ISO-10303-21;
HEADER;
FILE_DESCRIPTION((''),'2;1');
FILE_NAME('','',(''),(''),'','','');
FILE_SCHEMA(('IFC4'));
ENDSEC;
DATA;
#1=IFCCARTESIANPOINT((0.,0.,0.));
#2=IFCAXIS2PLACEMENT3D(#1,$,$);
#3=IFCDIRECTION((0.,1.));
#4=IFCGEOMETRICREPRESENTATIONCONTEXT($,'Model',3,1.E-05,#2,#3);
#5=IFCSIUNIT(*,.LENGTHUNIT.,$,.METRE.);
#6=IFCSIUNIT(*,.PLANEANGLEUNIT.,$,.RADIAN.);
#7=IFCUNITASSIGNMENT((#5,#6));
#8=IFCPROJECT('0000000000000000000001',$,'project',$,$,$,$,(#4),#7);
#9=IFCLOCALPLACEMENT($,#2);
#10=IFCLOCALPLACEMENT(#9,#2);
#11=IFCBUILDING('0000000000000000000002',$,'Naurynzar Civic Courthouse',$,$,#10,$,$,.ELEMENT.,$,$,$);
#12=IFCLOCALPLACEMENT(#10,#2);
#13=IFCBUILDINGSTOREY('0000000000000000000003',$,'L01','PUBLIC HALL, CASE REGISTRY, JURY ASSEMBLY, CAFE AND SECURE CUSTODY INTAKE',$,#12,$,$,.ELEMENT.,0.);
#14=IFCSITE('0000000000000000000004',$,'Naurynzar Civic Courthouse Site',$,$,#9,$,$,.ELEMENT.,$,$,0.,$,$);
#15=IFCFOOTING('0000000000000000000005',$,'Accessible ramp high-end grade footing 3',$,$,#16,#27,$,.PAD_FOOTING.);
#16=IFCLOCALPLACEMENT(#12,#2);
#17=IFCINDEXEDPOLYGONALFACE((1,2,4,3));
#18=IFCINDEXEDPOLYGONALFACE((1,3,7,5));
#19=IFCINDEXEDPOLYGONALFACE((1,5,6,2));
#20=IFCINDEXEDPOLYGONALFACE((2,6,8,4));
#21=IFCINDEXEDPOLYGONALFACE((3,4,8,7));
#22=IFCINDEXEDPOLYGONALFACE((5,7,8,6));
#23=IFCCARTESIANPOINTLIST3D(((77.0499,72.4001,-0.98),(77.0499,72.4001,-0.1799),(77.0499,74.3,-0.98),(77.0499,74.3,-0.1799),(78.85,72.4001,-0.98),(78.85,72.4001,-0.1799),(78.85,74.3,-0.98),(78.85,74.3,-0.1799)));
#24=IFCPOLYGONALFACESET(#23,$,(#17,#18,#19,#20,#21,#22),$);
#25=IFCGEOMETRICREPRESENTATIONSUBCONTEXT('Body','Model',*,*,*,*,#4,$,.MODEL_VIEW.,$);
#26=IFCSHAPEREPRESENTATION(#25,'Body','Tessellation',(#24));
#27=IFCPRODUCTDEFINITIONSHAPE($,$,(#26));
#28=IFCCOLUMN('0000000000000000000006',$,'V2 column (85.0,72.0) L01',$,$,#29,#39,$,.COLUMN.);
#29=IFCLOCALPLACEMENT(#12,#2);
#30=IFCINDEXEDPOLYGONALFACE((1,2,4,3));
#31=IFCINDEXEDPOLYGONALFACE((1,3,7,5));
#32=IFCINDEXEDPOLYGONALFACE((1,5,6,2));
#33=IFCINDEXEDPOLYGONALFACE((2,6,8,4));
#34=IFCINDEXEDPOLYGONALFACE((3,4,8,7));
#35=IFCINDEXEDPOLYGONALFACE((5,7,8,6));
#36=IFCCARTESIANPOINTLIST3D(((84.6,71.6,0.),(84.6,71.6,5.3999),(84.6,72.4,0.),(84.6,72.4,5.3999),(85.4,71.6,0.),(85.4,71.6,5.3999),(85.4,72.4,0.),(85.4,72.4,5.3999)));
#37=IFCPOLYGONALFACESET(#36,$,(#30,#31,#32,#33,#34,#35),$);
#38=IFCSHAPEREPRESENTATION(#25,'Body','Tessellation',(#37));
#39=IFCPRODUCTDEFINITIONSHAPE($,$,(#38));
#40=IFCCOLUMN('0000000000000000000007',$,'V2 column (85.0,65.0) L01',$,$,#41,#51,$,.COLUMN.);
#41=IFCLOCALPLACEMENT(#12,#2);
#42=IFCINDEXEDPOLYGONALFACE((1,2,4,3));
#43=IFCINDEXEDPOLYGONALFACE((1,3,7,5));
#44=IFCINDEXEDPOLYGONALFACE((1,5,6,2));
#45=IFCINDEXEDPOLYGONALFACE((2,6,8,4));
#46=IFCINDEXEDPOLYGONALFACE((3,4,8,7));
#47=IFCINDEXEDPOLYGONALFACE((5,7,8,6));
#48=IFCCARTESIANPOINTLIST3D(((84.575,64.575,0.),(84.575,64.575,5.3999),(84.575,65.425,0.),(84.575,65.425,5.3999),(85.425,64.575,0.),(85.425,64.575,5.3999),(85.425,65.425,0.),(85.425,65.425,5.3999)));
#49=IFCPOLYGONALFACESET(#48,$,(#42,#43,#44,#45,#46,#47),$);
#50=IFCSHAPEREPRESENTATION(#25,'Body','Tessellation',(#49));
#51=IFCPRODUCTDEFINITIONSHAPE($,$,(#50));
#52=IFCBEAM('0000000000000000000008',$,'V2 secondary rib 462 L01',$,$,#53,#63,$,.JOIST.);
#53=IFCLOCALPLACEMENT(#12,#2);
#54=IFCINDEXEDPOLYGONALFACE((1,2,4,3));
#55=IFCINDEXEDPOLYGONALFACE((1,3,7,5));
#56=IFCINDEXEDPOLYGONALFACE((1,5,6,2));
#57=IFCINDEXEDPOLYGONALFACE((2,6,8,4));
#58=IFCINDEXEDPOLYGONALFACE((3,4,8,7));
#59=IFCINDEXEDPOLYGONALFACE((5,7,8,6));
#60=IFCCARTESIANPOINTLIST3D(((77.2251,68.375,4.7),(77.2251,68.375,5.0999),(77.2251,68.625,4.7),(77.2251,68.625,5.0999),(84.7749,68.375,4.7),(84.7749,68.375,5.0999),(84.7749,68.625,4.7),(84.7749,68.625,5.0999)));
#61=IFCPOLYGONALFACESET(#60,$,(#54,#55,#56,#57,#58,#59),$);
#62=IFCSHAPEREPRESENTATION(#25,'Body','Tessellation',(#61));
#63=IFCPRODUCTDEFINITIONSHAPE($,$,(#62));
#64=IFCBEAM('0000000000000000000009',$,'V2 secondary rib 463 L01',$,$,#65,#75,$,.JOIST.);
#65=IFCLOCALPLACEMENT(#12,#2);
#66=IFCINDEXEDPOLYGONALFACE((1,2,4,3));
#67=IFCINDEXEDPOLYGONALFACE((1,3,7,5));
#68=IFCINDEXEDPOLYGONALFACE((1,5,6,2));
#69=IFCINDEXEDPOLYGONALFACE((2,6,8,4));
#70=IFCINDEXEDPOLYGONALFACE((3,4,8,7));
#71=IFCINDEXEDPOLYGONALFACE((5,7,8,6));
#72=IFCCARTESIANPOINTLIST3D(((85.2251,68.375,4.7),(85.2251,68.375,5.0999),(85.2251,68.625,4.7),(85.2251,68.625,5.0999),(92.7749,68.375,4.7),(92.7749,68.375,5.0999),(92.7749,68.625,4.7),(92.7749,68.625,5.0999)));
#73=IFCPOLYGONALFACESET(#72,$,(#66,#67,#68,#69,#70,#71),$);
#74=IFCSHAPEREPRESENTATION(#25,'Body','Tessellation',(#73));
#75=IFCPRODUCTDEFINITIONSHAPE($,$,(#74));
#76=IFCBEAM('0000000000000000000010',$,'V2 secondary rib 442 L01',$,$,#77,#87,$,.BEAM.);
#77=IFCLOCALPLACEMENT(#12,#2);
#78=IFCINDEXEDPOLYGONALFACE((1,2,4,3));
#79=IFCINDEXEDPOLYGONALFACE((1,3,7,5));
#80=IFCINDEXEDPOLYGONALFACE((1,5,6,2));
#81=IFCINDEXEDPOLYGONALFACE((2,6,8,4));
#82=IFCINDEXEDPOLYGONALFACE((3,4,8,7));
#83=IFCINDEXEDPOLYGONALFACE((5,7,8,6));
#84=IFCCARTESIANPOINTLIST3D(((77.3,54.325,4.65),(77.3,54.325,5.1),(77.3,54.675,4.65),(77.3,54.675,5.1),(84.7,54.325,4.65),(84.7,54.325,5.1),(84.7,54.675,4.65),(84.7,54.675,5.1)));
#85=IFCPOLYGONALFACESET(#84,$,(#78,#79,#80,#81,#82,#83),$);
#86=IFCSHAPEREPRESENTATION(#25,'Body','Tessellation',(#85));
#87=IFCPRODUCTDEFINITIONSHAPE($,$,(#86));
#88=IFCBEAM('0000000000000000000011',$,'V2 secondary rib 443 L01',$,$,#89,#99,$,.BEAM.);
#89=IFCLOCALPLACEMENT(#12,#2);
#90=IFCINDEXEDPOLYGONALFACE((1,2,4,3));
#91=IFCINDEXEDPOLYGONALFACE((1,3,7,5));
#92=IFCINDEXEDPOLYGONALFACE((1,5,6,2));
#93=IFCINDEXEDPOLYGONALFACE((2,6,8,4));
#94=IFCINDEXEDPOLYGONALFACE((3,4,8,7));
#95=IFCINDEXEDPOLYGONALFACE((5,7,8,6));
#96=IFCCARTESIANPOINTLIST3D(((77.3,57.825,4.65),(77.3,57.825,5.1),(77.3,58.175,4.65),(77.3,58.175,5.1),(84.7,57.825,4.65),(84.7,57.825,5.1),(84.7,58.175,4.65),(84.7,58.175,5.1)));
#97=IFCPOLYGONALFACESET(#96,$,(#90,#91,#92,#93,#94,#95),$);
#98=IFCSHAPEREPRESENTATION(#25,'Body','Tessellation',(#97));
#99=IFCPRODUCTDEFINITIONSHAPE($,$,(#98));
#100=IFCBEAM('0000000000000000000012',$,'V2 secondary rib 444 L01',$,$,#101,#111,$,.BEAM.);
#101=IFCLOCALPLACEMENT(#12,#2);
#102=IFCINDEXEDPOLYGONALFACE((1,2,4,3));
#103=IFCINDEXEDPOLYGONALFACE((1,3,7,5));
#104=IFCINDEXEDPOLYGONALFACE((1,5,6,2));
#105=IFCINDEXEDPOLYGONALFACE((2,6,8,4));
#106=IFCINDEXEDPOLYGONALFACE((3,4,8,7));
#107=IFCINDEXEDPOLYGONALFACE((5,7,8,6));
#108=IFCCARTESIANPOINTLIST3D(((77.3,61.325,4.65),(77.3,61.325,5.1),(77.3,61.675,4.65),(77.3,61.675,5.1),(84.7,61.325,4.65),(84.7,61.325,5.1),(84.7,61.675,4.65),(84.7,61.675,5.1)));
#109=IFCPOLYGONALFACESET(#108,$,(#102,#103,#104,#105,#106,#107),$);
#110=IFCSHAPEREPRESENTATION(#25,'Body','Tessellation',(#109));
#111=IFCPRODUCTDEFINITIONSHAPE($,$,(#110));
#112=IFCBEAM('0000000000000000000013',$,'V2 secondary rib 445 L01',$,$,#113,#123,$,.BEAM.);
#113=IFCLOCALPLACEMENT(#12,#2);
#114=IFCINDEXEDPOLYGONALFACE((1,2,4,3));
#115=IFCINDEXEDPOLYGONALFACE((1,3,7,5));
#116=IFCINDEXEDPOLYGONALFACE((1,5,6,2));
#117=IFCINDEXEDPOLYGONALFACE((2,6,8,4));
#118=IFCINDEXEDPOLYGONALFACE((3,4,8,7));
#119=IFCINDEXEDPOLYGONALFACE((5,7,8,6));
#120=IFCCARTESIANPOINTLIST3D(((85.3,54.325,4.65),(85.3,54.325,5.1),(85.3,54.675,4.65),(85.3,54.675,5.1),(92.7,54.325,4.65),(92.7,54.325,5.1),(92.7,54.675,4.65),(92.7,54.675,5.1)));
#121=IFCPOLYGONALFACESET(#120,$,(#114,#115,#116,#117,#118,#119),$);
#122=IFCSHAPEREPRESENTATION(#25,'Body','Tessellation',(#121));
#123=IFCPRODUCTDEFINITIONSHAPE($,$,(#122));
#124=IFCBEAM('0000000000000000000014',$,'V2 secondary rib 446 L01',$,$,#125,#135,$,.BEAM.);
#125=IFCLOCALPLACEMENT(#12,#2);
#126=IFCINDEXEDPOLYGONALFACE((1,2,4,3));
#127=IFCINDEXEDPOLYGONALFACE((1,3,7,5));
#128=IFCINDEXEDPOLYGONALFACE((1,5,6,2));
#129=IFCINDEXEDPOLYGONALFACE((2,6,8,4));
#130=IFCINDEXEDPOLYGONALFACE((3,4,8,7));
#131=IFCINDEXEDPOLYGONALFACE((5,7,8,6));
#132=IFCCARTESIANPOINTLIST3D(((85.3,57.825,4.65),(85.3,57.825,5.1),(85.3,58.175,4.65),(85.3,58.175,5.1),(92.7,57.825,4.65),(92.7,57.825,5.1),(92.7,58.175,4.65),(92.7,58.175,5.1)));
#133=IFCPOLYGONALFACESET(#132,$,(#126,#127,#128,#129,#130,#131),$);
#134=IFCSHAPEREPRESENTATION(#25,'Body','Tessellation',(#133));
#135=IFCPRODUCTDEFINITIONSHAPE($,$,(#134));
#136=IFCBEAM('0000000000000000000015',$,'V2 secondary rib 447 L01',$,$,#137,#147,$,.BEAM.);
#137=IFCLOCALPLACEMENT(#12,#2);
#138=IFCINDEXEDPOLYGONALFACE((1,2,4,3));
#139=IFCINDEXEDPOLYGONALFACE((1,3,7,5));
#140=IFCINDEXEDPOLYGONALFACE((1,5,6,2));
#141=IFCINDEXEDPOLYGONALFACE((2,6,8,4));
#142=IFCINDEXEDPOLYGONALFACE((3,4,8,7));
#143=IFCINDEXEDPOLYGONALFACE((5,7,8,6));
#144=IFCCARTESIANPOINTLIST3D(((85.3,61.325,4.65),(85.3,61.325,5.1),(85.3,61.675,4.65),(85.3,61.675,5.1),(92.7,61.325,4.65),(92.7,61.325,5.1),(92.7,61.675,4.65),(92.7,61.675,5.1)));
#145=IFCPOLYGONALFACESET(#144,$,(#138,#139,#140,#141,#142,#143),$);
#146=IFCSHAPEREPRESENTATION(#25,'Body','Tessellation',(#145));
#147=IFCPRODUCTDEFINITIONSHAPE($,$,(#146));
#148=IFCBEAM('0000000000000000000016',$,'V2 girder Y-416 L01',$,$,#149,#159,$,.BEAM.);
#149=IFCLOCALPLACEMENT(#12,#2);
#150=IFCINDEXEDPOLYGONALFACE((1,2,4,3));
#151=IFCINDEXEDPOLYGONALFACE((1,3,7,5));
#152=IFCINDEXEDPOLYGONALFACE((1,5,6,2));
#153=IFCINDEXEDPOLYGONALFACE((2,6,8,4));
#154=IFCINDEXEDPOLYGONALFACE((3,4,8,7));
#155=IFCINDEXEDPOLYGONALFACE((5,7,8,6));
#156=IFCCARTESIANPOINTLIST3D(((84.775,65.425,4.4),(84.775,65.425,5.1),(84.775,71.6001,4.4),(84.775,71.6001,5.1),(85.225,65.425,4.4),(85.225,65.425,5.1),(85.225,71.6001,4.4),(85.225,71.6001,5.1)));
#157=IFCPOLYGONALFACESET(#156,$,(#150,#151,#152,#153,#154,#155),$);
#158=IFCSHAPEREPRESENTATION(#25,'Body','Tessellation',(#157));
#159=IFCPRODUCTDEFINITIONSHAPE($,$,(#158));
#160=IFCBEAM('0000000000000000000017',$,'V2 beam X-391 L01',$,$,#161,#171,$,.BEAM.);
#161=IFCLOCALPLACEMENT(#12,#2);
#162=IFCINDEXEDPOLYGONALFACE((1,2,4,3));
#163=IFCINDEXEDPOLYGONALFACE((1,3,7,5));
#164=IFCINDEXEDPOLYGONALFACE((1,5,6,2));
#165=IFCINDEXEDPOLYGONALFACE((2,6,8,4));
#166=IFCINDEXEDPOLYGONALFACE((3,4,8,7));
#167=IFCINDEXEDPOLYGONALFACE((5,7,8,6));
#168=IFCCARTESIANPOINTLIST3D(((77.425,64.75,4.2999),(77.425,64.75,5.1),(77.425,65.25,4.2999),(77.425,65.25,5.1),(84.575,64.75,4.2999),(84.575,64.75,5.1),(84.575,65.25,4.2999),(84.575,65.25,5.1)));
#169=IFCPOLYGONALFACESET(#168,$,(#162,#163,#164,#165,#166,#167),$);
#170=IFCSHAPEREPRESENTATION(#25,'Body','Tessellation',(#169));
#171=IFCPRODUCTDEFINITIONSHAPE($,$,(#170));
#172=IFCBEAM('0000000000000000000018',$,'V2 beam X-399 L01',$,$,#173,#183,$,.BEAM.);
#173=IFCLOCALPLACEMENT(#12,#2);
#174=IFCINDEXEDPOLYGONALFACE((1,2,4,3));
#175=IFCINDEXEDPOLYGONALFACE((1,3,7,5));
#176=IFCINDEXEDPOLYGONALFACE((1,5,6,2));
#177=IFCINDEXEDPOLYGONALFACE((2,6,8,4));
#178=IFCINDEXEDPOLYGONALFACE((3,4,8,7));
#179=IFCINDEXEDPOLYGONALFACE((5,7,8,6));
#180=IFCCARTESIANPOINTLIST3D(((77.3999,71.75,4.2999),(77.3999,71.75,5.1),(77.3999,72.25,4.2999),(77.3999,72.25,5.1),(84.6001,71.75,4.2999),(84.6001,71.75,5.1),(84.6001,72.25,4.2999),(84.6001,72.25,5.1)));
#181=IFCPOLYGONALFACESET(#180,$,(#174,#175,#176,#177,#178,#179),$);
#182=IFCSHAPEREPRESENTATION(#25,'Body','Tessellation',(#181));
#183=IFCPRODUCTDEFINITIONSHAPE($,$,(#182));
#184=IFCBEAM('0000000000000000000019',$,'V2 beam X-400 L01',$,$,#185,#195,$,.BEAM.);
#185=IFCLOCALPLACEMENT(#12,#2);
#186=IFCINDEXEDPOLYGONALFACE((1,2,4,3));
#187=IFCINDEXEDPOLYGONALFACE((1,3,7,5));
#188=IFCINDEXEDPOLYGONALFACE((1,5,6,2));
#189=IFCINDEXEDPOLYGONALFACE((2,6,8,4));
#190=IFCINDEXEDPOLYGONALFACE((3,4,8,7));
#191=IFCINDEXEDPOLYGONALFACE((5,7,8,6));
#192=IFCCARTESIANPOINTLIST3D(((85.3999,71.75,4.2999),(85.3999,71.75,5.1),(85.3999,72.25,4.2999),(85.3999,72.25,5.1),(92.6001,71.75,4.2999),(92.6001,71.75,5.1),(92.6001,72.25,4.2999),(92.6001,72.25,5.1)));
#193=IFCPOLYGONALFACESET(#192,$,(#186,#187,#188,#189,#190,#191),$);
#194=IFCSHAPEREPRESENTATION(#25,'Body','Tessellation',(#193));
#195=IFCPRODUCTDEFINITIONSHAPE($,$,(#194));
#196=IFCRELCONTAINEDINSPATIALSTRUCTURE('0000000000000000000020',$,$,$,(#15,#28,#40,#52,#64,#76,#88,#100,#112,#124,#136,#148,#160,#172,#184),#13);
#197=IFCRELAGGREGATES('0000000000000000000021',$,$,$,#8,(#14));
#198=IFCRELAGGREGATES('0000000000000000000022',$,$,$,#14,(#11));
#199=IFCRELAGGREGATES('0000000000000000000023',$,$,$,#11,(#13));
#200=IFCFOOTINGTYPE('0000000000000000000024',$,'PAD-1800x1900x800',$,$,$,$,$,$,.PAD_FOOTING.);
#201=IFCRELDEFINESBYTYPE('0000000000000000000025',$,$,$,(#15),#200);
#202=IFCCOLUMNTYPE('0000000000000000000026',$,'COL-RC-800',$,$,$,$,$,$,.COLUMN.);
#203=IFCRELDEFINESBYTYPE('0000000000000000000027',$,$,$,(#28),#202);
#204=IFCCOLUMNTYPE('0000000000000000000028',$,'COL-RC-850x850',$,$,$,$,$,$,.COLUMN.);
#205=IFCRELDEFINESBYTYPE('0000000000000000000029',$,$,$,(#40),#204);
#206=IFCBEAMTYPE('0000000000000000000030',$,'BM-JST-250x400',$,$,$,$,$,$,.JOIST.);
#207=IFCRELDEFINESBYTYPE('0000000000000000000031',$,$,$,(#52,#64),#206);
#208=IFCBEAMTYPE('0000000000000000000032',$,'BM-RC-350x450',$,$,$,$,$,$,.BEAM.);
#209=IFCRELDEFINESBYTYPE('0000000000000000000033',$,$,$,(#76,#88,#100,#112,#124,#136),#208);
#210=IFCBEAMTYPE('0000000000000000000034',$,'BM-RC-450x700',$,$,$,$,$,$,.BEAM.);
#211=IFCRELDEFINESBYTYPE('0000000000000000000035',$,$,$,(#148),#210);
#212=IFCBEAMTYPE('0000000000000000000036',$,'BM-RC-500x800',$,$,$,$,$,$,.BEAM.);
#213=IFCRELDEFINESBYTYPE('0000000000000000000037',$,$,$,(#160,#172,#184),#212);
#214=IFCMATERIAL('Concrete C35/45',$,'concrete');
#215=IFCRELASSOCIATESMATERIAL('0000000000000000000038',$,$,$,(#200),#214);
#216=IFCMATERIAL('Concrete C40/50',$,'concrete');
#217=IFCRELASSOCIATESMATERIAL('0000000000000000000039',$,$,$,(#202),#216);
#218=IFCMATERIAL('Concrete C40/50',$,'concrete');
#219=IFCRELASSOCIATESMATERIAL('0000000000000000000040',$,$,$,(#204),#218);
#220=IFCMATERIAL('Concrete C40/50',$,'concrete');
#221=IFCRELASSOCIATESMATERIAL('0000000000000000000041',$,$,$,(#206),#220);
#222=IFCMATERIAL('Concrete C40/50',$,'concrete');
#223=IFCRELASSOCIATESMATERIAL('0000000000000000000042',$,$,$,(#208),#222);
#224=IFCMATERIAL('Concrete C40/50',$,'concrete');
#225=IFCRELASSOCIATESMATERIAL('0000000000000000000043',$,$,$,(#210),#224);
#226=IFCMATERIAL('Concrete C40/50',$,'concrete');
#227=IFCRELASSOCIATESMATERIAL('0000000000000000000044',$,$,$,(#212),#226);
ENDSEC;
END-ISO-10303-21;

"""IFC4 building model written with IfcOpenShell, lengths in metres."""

from ifc_helpers import new_model, si_unit, direction, frame, origin, origin_2d, place, context, subcontext, project, spatial, rectangle, extrude, material, material_profile, profile_set, type_object, element, save


model = new_model("IFC4")

# Units and contexts
model_context = context("Model", 3, precision=1e-05, world=origin(), true_north=direction((0.0, 1.0)))
body_context = subcontext(model_context, "Body", "Model", "MODEL_VIEW")
ifc_project = project(units=[si_unit("LENGTHUNIT", "METRE"), si_unit("PLANEANGLEUNIT", "RADIAN")], contexts=[model_context])

# Site, building, storey
site_placement = place(None, origin())
site = spatial("IfcSite", under=ifc_project, at=site_placement, Name="Naurynzar Civic Courthouse Site", CompositionType="ELEMENT", RefElevation=0.0)
building_placement = place(site_placement, origin())
building = spatial("IfcBuilding", under=site, at=building_placement, Name="Naurynzar Civic Courthouse", CompositionType="ELEMENT")
storey_placement = place(building_placement, origin())
storey = spatial("IfcBuildingStorey", under=building, at=storey_placement, Name="L01", Description="PUBLIC HALL, CASE REGISTRY, JURY ASSEMBLY, CAFE AND SECURE CUSTODY INTAKE", CompositionType="ELEMENT", Elevation=0.0)

# Footing
ifc_material_1 = material(Name="Concrete C35/45", Category="concrete")
footing_type = type_object("IfcFootingType", Name="PAD-1800x1900x800", PredefinedType="PAD_FOOTING", material=ifc_material_1)
footing_placement = place(storey_placement, frame((77.95, 73.3501, -0.98), z_axis=(0.0, 0.0, 1.0), x_axis=(1.0, 0.0, 0.0)))
element("IfcFooting", 1, at=footing_placement, inside=storey, type_object=footing_type, Name="Accessible ramp high-end grade footing 3", PredefinedType="PAD_FOOTING", context=body_context, shape_type="SweptSolid", body=[
    extrude(rectangle(XDim=1.8, YDim=1.8999, at=origin_2d()), origin(), (0.0, 0.0, 1.0), 0.8),
])

# Columns
ifc_material_2 = material(Name="Concrete C40/50", Category="concrete")
ifc_material_profile_1 = material_profile(ifc_material_2, rectangle(XDim=0.8, YDim=0.8, at=origin_2d()), Name="RC 800x800")
ifc_profile_set_1 = profile_set([ifc_material_profile_1], Name="Concrete C40/50")
column_type_1 = type_object("IfcColumnType", Name="COL-RC-800", PredefinedType="COLUMN", material=ifc_profile_set_1)
column_1_placement = place(storey_placement, frame((85.0, 72.0, 0.0), z_axis=(0.0, 0.0, 1.0), x_axis=(1.0, 0.0, 0.0)))
element("IfcColumn", 2, at=column_1_placement, inside=storey, type_object=column_type_1, Name="V2 column (85.0,72.0) L01", PredefinedType="COLUMN", context=body_context, shape_type="SweptSolid", body=[
    extrude(rectangle(XDim=0.8, YDim=0.8, at=origin_2d()), origin(), (0.0, 0.0, 1.0), 5.3999),
])
ifc_material_3 = material(Name="Concrete C40/50", Category="concrete")
ifc_material_profile_2 = material_profile(ifc_material_3, rectangle(XDim=0.8501, YDim=0.8501, at=origin_2d()), Name="RC 850x850")
ifc_profile_set_2 = profile_set([ifc_material_profile_2], Name="Concrete C40/50")
column_type_2 = type_object("IfcColumnType", Name="COL-RC-850x850", PredefinedType="COLUMN", material=ifc_profile_set_2)
column_2_placement = place(storey_placement, frame((85.0, 65.0, 0.0), z_axis=(0.0, 0.0, 1.0), x_axis=(1.0, 0.0, 0.0)))
element("IfcColumn", 3, at=column_2_placement, inside=storey, type_object=column_type_2, Name="V2 column (85.0,65.0) L01", PredefinedType="COLUMN", context=body_context, shape_type="SweptSolid", body=[
    extrude(rectangle(XDim=0.8501, YDim=0.8501, at=origin_2d()), origin(), (0.0, 0.0, 1.0), 5.3999),
])

# Beams
ifc_material_4 = material(Name="Concrete C40/50", Category="concrete")
ifc_material_profile_3 = material_profile(ifc_material_4, rectangle(XDim=0.25, YDim=0.3999, at=origin_2d()), Name="RCB 250x400")
ifc_profile_set_3 = profile_set([ifc_material_profile_3], Name="Concrete C40/50")
beam_type_1 = type_object("IfcBeamType", Name="BM-JST-250x400", PredefinedType="JOIST", material=ifc_profile_set_3)
for number, where, z_axis, x_axis, name in (
    (4, (77.2251, 68.5, 4.8999), (1.0, 0.0, 0.0), (0.0, 1.0, 0.0), "V2 secondary rib 462 L01"),
    (5, (85.2251, 68.5, 4.8999), (1.0, 0.0, 0.0), (0.0, 1.0, 0.0), "V2 secondary rib 463 L01"),
):
    element("IfcBeam", number, at=place(storey_placement, frame(where, z_axis=z_axis, x_axis=x_axis)), inside=storey, type_object=beam_type_1, Name=name, PredefinedType="JOIST", context=body_context, shape_type="SweptSolid", body=[
        extrude(rectangle(XDim=0.25, YDim=0.3999, at=origin_2d()), origin(), (0.0, 0.0, 1.0), 7.5498),
    ])
ifc_material_5 = material(Name="Concrete C40/50", Category="concrete")
ifc_material_profile_4 = material_profile(ifc_material_5, rectangle(XDim=0.3501, YDim=0.45, at=origin_2d()), Name="RCB 350x450")
ifc_profile_set_4 = profile_set([ifc_material_profile_4], Name="Concrete C40/50")
beam_type_2 = type_object("IfcBeamType", Name="BM-RC-350x450", PredefinedType="BEAM", material=ifc_profile_set_4)
for number, where, z_axis, x_axis, name in (
    (6, (77.3, 54.5, 4.875), (1.0, 0.0, 0.0), (0.0, 1.0, 0.0), "V2 secondary rib 442 L01"),
    (7, (77.3, 58.0, 4.875), (1.0, 0.0, 0.0), (0.0, 1.0, 0.0), "V2 secondary rib 443 L01"),
    (8, (77.3, 61.5, 4.875), (1.0, 0.0, 0.0), (0.0, 1.0, 0.0), "V2 secondary rib 444 L01"),
    (9, (85.3, 54.5, 4.875), (1.0, 0.0, 0.0), (0.0, 1.0, 0.0), "V2 secondary rib 445 L01"),
    (10, (85.3, 58.0, 4.875), (1.0, 0.0, 0.0), (0.0, 1.0, 0.0), "V2 secondary rib 446 L01"),
    (11, (85.3, 61.5, 4.875), (1.0, 0.0, 0.0), (0.0, 1.0, 0.0), "V2 secondary rib 447 L01"),
):
    element("IfcBeam", number, at=place(storey_placement, frame(where, z_axis=z_axis, x_axis=x_axis)), inside=storey, type_object=beam_type_2, Name=name, PredefinedType="BEAM", context=body_context, shape_type="SweptSolid", body=[
        extrude(rectangle(XDim=0.3501, YDim=0.45, at=origin_2d()), origin(), (0.0, 0.0, 1.0), 7.3999),
    ])
ifc_material_6 = material(Name="Concrete C40/50", Category="concrete")
ifc_material_profile_5 = material_profile(ifc_material_6, rectangle(XDim=0.45, YDim=0.7, at=origin_2d()), Name="RCB 450x700")
ifc_profile_set_5 = profile_set([ifc_material_profile_5], Name="Concrete C40/50")
beam_type_3 = type_object("IfcBeamType", Name="BM-RC-450x700", PredefinedType="BEAM", material=ifc_profile_set_5)
beam_1_placement = place(storey_placement, frame((85.0, 65.425, 4.75), z_axis=(0.0, 1.0, 0.0), x_axis=(-1.0, 0.0, 0.0)))
element("IfcBeam", 12, at=beam_1_placement, inside=storey, type_object=beam_type_3, Name="V2 girder Y-416 L01", PredefinedType="BEAM", context=body_context, shape_type="SweptSolid", body=[
    extrude(rectangle(XDim=0.45, YDim=0.7, at=origin_2d()), origin(), (0.0, 0.0, 1.0), 6.175),
])
ifc_material_7 = material(Name="Concrete C40/50", Category="concrete")
ifc_material_profile_6 = material_profile(ifc_material_7, rectangle(XDim=0.5, YDim=0.8, at=origin_2d()), Name="RCB 500x800")
ifc_profile_set_6 = profile_set([ifc_material_profile_6], Name="Concrete C40/50")
beam_type_4 = type_object("IfcBeamType", Name="BM-RC-500x800", PredefinedType="BEAM", material=ifc_profile_set_6)
beam_2_placement = place(storey_placement, frame((77.425, 65.0, 4.7), z_axis=(1.0, 0.0, 0.0), x_axis=(0.0, 1.0, 0.0)))
element("IfcBeam", 13, at=beam_2_placement, inside=storey, type_object=beam_type_4, Name="V2 beam X-391 L01", PredefinedType="BEAM", context=body_context, shape_type="SweptSolid", body=[
    extrude(rectangle(XDim=0.5, YDim=0.8, at=origin_2d()), origin(), (0.0, 0.0, 1.0), 7.1499),
])
for number, where, z_axis, x_axis, name in (
    (14, (77.3999, 72.0, 4.7), (1.0, 0.0, 0.0), (0.0, 1.0, 0.0), "V2 beam X-399 L01"),
    (15, (85.3999, 72.0, 4.7), (1.0, 0.0, 0.0), (0.0, 1.0, 0.0), "V2 beam X-400 L01"),
):
    element("IfcBeam", number, at=place(storey_placement, frame(where, z_axis=z_axis, x_axis=x_axis)), inside=storey, type_object=beam_type_4, Name=name, PredefinedType="BEAM", context=body_context, shape_type="SweptSolid", body=[
        extrude(rectangle(XDim=0.5, YDim=0.8, at=origin_2d()), origin(), (0.0, 0.0, 1.0), 7.2002),
    ])

save(model, "model.ifc")
